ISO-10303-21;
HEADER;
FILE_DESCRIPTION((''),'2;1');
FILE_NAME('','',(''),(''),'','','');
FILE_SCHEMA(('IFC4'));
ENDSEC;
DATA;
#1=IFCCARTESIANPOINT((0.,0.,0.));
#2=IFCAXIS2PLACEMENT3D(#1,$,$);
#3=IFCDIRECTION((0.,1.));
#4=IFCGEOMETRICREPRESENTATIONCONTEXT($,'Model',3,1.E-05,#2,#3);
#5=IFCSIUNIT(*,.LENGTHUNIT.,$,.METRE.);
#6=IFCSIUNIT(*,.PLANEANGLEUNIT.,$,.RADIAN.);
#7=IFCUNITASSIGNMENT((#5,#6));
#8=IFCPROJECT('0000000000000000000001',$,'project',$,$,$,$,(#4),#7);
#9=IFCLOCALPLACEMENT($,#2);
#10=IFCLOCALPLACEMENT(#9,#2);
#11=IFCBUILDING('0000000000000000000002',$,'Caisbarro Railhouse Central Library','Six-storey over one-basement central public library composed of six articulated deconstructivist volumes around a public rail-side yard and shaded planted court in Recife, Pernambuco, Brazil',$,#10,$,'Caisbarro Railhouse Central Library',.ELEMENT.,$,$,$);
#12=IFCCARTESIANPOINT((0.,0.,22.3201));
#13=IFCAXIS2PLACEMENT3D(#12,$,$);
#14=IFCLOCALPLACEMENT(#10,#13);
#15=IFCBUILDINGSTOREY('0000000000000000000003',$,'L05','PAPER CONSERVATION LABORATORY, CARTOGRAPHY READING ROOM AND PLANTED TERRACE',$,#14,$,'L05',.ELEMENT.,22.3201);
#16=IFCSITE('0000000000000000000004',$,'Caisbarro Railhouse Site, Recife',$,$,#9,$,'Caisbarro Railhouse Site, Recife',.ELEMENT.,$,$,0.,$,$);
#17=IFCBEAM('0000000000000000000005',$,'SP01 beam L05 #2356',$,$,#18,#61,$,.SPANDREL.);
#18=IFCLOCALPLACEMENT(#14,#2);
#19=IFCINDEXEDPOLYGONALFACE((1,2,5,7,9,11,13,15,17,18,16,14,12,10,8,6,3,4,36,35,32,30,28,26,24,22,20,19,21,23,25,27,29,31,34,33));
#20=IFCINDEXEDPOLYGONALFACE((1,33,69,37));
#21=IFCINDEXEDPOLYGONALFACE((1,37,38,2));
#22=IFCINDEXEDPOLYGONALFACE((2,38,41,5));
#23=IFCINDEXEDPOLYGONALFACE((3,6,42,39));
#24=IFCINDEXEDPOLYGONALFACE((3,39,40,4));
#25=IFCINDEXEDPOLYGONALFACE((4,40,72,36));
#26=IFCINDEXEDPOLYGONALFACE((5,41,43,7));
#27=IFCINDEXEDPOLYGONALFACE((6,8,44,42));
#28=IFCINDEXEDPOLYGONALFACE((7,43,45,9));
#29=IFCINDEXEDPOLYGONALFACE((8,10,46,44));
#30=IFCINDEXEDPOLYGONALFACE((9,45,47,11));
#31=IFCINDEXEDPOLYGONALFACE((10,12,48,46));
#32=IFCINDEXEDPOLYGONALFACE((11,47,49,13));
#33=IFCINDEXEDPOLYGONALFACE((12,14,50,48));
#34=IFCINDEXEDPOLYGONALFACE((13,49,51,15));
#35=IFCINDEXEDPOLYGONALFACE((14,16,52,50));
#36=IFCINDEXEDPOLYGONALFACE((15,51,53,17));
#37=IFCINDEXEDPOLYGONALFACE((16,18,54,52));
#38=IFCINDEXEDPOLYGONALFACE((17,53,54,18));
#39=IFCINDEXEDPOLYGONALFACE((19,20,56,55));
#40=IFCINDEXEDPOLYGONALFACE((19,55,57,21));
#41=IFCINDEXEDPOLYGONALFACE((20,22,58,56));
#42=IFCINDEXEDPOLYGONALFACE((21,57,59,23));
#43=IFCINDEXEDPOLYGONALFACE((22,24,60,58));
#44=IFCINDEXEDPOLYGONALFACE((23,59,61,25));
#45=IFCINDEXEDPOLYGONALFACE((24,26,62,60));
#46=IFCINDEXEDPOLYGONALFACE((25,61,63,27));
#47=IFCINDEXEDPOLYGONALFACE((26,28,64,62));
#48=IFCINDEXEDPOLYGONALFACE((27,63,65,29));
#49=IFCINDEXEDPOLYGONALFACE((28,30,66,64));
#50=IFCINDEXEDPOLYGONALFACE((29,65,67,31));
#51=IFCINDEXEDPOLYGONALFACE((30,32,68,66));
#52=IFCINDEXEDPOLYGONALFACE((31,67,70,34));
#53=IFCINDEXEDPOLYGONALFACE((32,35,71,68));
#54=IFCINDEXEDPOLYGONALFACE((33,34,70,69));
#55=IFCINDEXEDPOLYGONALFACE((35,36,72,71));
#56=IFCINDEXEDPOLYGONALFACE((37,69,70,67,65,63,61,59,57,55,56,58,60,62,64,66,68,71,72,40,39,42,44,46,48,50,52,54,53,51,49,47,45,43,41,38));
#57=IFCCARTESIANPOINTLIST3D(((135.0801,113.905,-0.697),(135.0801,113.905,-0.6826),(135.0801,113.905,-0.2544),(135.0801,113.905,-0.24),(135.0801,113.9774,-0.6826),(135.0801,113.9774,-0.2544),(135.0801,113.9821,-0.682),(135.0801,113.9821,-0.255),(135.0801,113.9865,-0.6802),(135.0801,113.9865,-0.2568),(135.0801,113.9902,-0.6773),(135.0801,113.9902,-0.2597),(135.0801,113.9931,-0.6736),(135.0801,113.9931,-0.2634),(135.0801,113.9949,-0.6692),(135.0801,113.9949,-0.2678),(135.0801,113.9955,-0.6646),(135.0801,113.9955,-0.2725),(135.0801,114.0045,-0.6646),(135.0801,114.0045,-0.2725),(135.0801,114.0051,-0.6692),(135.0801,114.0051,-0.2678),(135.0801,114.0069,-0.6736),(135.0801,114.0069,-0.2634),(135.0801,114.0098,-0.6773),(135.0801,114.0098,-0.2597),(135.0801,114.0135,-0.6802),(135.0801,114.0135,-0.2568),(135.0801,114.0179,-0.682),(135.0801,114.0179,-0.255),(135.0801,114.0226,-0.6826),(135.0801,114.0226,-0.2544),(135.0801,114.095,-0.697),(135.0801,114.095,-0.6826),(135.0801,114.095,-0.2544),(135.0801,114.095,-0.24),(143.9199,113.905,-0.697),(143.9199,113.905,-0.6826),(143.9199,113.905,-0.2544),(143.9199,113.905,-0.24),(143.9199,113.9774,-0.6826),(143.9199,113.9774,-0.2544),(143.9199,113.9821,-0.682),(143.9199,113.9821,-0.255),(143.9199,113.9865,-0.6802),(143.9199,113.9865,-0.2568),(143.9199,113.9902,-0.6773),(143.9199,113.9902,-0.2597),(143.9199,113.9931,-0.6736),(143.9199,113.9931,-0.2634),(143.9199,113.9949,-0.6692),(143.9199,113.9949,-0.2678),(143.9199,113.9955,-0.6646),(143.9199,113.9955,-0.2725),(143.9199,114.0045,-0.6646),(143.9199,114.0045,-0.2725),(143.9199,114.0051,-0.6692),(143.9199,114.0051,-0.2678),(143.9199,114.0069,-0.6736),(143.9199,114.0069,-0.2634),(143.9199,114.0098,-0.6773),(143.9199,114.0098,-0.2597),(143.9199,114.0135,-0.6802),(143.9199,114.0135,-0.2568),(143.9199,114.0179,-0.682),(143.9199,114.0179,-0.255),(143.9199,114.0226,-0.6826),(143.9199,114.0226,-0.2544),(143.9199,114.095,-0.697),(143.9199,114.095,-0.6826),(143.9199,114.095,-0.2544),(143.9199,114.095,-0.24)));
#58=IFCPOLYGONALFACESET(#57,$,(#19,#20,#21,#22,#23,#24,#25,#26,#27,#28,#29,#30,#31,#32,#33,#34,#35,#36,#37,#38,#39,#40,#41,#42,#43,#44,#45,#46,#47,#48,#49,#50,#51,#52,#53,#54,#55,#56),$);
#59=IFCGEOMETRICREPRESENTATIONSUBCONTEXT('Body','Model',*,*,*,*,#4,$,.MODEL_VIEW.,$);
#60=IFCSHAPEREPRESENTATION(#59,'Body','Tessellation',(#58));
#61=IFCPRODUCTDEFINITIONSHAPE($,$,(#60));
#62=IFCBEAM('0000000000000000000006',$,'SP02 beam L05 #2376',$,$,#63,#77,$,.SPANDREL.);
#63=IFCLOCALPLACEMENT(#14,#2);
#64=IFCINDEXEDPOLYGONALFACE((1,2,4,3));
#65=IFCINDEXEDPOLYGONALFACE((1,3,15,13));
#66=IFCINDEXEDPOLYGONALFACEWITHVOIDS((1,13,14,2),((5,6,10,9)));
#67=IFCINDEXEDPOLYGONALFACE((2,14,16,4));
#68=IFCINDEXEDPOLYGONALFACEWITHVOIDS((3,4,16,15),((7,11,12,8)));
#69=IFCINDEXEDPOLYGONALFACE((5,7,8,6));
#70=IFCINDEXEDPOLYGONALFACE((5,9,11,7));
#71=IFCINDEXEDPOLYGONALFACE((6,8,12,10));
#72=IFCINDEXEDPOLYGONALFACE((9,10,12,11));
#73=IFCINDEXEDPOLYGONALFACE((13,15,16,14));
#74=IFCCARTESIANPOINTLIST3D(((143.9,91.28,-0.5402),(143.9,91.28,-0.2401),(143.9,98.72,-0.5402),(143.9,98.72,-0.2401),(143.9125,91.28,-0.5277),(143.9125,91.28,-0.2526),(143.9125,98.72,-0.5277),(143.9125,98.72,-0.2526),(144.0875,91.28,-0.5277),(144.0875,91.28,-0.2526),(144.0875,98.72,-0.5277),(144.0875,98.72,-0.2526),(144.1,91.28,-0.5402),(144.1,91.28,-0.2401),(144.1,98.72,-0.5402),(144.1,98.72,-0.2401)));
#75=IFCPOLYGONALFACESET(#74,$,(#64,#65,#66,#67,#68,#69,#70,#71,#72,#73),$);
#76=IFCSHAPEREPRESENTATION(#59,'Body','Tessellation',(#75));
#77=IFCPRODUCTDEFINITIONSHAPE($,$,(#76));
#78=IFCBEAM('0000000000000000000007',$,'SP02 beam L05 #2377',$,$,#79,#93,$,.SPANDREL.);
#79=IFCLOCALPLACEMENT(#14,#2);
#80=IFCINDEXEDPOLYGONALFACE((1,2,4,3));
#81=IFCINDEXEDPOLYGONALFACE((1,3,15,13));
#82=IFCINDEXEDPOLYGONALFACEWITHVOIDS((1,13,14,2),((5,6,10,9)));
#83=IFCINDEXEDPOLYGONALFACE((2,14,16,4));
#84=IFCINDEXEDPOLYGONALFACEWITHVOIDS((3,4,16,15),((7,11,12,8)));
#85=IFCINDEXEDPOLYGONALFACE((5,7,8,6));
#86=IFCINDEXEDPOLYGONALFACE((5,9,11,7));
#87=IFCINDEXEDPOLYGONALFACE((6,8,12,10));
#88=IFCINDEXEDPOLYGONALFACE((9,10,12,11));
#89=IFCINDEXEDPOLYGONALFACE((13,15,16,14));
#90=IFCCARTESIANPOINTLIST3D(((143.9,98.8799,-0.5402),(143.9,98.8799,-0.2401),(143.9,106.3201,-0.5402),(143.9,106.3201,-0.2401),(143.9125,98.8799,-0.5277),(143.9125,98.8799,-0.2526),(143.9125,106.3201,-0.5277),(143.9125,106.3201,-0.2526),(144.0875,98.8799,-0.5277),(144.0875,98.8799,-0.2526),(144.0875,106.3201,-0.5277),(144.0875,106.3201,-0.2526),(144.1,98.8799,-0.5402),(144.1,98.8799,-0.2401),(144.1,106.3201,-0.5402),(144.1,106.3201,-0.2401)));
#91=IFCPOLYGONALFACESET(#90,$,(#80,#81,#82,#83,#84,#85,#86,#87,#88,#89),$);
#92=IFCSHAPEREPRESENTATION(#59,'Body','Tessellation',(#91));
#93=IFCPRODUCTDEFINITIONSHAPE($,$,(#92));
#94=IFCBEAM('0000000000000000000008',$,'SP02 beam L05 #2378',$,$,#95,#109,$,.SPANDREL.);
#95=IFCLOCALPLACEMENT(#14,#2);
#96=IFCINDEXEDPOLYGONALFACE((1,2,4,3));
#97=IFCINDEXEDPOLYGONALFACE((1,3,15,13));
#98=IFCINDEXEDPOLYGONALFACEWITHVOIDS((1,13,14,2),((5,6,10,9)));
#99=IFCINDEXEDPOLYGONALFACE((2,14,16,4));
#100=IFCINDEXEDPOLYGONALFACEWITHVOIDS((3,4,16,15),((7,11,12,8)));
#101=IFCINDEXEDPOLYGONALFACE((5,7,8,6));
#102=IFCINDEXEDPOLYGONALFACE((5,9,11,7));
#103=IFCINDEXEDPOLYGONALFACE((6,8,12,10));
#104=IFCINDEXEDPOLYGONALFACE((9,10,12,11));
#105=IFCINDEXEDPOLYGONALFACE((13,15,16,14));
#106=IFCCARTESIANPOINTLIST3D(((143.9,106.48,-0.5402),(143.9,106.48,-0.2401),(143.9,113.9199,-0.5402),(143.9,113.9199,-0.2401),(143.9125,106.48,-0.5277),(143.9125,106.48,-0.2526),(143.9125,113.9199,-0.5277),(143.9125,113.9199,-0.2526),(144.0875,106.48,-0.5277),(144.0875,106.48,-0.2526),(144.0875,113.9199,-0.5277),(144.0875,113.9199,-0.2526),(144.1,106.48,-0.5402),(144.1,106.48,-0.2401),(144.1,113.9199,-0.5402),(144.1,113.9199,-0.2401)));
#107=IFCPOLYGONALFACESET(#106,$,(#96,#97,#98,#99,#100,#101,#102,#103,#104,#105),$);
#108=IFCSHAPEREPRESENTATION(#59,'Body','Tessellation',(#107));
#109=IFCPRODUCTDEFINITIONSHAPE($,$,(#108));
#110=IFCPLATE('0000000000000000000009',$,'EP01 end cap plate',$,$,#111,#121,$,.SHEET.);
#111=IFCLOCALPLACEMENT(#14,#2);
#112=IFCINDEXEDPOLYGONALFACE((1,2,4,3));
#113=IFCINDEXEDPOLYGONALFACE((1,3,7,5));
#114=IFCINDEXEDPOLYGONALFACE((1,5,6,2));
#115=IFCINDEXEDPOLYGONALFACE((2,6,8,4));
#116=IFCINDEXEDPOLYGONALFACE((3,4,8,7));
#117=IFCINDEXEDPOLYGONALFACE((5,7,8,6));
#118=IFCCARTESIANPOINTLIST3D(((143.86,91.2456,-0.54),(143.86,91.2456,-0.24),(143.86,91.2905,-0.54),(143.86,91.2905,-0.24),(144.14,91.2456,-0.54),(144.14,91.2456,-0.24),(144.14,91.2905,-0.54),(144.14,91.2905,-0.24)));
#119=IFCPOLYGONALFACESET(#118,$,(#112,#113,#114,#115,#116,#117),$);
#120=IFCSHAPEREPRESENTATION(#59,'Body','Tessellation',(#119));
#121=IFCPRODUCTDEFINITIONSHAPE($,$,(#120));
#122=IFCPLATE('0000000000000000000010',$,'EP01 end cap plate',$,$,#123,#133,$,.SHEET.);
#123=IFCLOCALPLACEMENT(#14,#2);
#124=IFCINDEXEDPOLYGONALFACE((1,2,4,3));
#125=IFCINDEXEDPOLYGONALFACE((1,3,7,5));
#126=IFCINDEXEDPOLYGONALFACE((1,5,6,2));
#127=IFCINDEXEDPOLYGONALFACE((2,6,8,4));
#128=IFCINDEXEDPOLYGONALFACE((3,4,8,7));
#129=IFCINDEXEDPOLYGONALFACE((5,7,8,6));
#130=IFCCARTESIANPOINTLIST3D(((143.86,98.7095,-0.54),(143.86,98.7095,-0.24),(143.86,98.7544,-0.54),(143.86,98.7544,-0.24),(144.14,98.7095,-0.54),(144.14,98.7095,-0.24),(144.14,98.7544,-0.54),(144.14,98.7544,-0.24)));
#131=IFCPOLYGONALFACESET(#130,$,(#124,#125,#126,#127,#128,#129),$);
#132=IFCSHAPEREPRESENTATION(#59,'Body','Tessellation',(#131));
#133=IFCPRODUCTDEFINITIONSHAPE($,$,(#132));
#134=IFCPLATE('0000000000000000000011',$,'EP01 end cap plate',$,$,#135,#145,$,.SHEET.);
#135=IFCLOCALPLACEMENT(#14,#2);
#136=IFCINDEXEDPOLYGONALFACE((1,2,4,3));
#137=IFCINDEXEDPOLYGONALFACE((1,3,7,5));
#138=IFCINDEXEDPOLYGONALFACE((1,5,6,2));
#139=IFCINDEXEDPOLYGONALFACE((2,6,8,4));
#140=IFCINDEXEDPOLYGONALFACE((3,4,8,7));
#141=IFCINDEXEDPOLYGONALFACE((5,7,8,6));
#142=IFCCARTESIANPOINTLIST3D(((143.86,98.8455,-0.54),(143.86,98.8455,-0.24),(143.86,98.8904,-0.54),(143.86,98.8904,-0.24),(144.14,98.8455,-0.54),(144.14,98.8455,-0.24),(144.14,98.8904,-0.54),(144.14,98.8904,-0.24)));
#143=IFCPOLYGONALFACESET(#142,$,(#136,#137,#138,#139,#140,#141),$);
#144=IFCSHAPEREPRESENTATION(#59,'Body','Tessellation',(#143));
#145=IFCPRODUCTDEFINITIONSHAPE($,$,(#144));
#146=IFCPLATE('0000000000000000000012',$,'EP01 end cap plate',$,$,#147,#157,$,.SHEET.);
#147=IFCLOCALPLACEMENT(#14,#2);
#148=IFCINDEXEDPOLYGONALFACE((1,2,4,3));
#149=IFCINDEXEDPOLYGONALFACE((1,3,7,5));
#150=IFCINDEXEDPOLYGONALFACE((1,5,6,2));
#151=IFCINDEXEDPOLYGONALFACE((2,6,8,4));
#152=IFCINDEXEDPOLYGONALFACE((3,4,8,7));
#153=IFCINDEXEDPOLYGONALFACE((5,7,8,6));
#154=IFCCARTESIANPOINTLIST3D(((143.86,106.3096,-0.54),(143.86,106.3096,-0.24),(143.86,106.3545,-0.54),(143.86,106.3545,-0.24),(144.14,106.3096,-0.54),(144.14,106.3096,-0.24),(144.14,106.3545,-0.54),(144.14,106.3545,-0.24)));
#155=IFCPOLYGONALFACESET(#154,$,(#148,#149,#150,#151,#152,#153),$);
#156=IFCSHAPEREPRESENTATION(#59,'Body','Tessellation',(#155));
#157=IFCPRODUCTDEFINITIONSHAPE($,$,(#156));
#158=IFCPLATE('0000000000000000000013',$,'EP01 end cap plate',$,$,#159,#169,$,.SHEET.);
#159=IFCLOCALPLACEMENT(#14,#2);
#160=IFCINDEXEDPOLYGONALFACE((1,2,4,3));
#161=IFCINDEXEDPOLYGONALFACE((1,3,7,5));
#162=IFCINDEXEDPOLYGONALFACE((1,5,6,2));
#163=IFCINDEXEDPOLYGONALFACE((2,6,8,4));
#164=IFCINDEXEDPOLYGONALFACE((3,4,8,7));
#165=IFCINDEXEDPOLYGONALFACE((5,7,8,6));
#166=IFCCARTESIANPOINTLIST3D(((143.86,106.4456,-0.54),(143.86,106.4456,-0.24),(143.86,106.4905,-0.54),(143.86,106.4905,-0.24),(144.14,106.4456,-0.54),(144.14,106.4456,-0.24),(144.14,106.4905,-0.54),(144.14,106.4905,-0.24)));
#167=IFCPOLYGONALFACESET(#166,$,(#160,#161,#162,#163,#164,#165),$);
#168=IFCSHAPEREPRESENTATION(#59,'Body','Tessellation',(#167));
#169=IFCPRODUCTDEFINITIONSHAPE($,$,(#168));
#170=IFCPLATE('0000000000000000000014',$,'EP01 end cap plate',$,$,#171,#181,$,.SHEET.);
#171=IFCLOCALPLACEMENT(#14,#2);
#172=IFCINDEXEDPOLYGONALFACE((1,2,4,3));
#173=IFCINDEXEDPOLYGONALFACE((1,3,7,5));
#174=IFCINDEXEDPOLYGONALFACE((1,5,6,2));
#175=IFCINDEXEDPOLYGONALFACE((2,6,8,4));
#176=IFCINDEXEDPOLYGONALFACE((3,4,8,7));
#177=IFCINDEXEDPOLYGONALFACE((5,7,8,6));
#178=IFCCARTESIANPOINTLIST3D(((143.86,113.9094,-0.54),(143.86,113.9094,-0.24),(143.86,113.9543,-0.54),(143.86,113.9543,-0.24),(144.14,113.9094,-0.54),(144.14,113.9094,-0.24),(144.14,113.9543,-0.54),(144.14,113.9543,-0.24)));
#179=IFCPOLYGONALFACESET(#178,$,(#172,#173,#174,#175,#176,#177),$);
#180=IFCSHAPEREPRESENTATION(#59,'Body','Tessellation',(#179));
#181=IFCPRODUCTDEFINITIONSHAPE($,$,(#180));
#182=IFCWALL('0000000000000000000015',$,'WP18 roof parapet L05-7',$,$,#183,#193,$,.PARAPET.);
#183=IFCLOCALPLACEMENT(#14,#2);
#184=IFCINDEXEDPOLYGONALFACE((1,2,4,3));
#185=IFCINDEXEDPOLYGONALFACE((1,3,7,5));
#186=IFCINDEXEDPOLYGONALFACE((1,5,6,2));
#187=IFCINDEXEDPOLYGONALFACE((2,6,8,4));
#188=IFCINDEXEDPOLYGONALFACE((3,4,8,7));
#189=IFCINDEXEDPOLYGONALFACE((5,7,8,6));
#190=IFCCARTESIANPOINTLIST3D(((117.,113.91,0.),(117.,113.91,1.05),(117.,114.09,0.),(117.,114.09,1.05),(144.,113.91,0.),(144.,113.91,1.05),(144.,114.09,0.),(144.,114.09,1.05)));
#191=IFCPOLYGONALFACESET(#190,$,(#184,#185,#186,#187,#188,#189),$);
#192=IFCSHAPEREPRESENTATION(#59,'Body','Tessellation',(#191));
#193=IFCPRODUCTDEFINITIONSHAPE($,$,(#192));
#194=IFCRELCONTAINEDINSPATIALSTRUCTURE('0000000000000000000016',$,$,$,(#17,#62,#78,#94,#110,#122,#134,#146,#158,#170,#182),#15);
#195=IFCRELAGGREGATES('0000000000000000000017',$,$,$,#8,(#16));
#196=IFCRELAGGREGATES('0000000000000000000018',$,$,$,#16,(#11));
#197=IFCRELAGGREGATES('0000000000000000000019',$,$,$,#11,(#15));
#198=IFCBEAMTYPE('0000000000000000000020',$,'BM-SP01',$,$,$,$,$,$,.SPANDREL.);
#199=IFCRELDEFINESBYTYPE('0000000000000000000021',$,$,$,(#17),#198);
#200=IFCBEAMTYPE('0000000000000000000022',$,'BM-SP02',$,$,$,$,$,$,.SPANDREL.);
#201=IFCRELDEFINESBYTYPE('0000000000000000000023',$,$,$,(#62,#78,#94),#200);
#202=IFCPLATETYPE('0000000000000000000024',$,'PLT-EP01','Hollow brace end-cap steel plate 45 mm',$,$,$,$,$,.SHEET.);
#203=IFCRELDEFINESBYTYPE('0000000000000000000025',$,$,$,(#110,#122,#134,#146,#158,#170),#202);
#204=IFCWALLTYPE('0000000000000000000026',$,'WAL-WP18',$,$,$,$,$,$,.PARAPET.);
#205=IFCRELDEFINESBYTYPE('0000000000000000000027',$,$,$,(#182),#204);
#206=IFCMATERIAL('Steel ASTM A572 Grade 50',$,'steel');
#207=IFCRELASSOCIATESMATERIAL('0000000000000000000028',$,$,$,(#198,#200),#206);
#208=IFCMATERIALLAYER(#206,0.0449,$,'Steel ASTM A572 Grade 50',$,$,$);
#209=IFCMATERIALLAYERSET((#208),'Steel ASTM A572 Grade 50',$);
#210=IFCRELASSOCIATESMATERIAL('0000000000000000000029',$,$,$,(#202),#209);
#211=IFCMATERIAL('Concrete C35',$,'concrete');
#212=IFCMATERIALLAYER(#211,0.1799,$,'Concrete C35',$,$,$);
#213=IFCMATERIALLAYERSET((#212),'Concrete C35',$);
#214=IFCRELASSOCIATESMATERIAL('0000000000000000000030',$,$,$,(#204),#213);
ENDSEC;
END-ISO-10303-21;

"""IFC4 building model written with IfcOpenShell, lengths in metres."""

from ifc_helpers import new_model, si_unit, direction, frame, frame_2d, origin, origin_2d, place, context, subcontext, project, spatial, rectangle, hollow_rectangle, i_section, extrude, material, layer, layer_set, material_profile, profile_set, type_object, element, save


model = new_model("IFC4")

# Units and contexts
model_context = context("Model", 3, precision=1e-05, world=origin(), true_north=direction((0.0, 1.0)))
body_context = subcontext(model_context, "Body", "Model", "MODEL_VIEW")
ifc_project = project(units=[si_unit("LENGTHUNIT", "METRE"), si_unit("PLANEANGLEUNIT", "RADIAN")], contexts=[model_context])

# Site, building, storey
site_placement = place(None, origin())
site = spatial("IfcSite", under=ifc_project, at=site_placement, Name="Caisbarro Railhouse Site, Recife", LongName="Caisbarro Railhouse Site, Recife", CompositionType="ELEMENT", RefElevation=0.0)
building_placement = place(site_placement, origin())
building = spatial("IfcBuilding", under=site, at=building_placement, Name="Caisbarro Railhouse Central Library", Description="Six-storey over one-basement central public library composed of six articulated deconstructivist volumes around a public rail-side yard and shaded planted court in Recife, Pernambuco, Brazil", LongName="Caisbarro Railhouse Central Library", CompositionType="ELEMENT")
storey_placement = place(building_placement, frame((0.0, 0.0, 22.3201)))
storey = spatial("IfcBuildingStorey", under=building, at=storey_placement, Name="L05", Description="PAPER CONSERVATION LABORATORY, CARTOGRAPHY READING ROOM AND PLANTED TERRACE", LongName="L05", CompositionType="ELEMENT", Elevation=22.3201)

# Beams
ifc_material_1 = material(Name="Steel ASTM A572 Grade 50", Category="steel")
ifc_material_profile_1 = material_profile(ifc_material_1, i_section(OverallWidth=0.1899, OverallDepth=0.457, WebThickness=0.009, FlangeThickness=0.0144, FilletRadius=0.0181, at=origin_2d()), Name="W460X74.0")
ifc_profile_set_1 = profile_set([ifc_material_profile_1], Name="Steel ASTM A572 Grade 50")
beam_type_1 = type_object("IfcBeamType", Name="BM-SP01", PredefinedType="SPANDREL", material=ifc_profile_set_1)
beam_1_placement = place(storey_placement, frame((135.0801, 114.0, -0.4685), z_axis=(1.0, 0.0, 0.0), x_axis=(0.0, 1.0, 0.0)))
element("IfcBeam", 1, at=beam_1_placement, inside=storey, type_object=beam_type_1, Name="SP01 beam L05 #2356", PredefinedType="SPANDREL", context=body_context, shape_type="SweptSolid", body=[
    extrude(i_section(OverallWidth=0.1899, OverallDepth=0.457, WebThickness=0.009, FlangeThickness=0.0144, FilletRadius=0.0181, at=origin_2d()), origin(), (0.0, 0.0, 1.0), 8.8398),
])
ifc_material_profile_2 = material_profile(ifc_material_1, hollow_rectangle(XDim=0.2, YDim=0.3, WallThickness=0.0125, at=origin_2d()), Name="HSS300X200X12.5")
ifc_profile_set_2 = profile_set([ifc_material_profile_2], Name="Steel ASTM A572 Grade 50")
beam_type_2 = type_object("IfcBeamType", Name="BM-SP02", PredefinedType="SPANDREL", material=ifc_profile_set_2)
beam_2_placement = place(storey_placement, frame((144.0, 91.28, -0.3901), z_axis=(0.0, 1.0, 0.0), x_axis=(-1.0, 0.0, 0.0)))
element("IfcBeam", 2, at=beam_2_placement, inside=storey, type_object=beam_type_2, Name="SP02 beam L05 #2376", PredefinedType="SPANDREL", context=body_context, shape_type="SweptSolid", body=[
    extrude(hollow_rectangle(XDim=0.2, YDim=0.3, WallThickness=0.0125, at=origin_2d()), origin(), (0.0, 0.0, 1.0), 7.4399),
])
beam_3_placement = place(storey_placement, frame((144.0, 98.8799, -0.3901), z_axis=(0.0, 1.0, 0.0), x_axis=(-1.0, 0.0, 0.0)))
element("IfcBeam", 3, at=beam_3_placement, inside=storey, type_object=beam_type_2, Name="SP02 beam L05 #2377", PredefinedType="SPANDREL", context=body_context, shape_type="SweptSolid", body=[
    extrude(hollow_rectangle(XDim=0.2, YDim=0.3, WallThickness=0.0125, at=origin_2d()), origin(), (0.0, 0.0, 1.0), 7.4402),
])
beam_4_placement = place(storey_placement, frame((144.0, 106.48, -0.3901), z_axis=(0.0, 1.0, 0.0), x_axis=(-1.0, 0.0, 0.0)))
element("IfcBeam", 4, at=beam_4_placement, inside=storey, type_object=beam_type_2, Name="SP02 beam L05 #2378", PredefinedType="SPANDREL", context=body_context, shape_type="SweptSolid", body=[
    extrude(hollow_rectangle(XDim=0.2, YDim=0.3, WallThickness=0.0125, at=origin_2d()), origin(), (0.0, 0.0, 1.0), 7.4399),
])

# Plates
ifc_layer_1 = layer(ifc_material_1, 0.0449, Name="Steel ASTM A572 Grade 50")
ifc_layer_set_1 = layer_set([ifc_layer_1], Name="Steel ASTM A572 Grade 50")
plate_type = type_object("IfcPlateType", Name="PLT-EP01", Description="Hollow brace end-cap steel plate 45 mm", PredefinedType="SHEET", material=ifc_layer_set_1)
for number, where, z_axis, x_axis, name in (
    (5, (144.0, 91.2681, -0.54), (0.0, 0.0, 1.0), (0.0, 1.0, 0.0), "EP01 end cap plate"),
    (6, (144.0, 98.7319, -0.54), (0.0, 0.0, 1.0), (0.0, 1.0, 0.0), "EP01 end cap plate"),
    (7, (144.0, 98.8679, -0.54), (0.0, 0.0, 1.0), (0.0, 1.0, 0.0), "EP01 end cap plate"),
    (8, (144.0, 106.332, -0.54), (0.0, 0.0, 1.0), (0.0, 1.0, 0.0), "EP01 end cap plate"),
    (9, (144.0, 106.468, -0.54), (0.0, 0.0, 1.0), (0.0, 1.0, 0.0), "EP01 end cap plate"),
    (10, (144.0, 113.9319, -0.54), (0.0, 0.0, 1.0), (0.0, 1.0, 0.0), "EP01 end cap plate"),
):
    element("IfcPlate", number, at=place(storey_placement, frame(where, z_axis=z_axis, x_axis=x_axis)), inside=storey, type_object=plate_type, Name=name, PredefinedType="SHEET", context=body_context, shape_type="SweptSolid", body=[
        extrude(rectangle(XDim=0.0449, YDim=0.28, at=origin_2d()), origin(), (0.0, 0.0, 1.0), 0.3),
    ])

# Wall
ifc_material_2 = material(Name="Concrete C35", Category="concrete")
ifc_layer_2 = layer(ifc_material_2, 0.1799, Name="Concrete C35")
ifc_layer_set_2 = layer_set([ifc_layer_2], Name="Concrete C35")
wall_type = type_object("IfcWallType", Name="WAL-WP18", PredefinedType="PARAPET", material=ifc_layer_set_2)
wall_placement = place(storey_placement, frame((144.0, 114.0, 0.0), z_axis=(0.0, 0.0, 1.0), x_axis=(-1.0, 0.0, 0.0)))
element("IfcWall", 11, at=wall_placement, inside=storey, type_object=wall_type, Name="WP18 roof parapet L05-7", PredefinedType="PARAPET", context=body_context, shape_type="SweptSolid", body=[
    extrude(rectangle(XDim=27.0, YDim=0.1799, at=frame_2d((13.5, 0.0))), origin(), (0.0, 0.0, 1.0), 1.05),
])

save(model, "model.ifc")
